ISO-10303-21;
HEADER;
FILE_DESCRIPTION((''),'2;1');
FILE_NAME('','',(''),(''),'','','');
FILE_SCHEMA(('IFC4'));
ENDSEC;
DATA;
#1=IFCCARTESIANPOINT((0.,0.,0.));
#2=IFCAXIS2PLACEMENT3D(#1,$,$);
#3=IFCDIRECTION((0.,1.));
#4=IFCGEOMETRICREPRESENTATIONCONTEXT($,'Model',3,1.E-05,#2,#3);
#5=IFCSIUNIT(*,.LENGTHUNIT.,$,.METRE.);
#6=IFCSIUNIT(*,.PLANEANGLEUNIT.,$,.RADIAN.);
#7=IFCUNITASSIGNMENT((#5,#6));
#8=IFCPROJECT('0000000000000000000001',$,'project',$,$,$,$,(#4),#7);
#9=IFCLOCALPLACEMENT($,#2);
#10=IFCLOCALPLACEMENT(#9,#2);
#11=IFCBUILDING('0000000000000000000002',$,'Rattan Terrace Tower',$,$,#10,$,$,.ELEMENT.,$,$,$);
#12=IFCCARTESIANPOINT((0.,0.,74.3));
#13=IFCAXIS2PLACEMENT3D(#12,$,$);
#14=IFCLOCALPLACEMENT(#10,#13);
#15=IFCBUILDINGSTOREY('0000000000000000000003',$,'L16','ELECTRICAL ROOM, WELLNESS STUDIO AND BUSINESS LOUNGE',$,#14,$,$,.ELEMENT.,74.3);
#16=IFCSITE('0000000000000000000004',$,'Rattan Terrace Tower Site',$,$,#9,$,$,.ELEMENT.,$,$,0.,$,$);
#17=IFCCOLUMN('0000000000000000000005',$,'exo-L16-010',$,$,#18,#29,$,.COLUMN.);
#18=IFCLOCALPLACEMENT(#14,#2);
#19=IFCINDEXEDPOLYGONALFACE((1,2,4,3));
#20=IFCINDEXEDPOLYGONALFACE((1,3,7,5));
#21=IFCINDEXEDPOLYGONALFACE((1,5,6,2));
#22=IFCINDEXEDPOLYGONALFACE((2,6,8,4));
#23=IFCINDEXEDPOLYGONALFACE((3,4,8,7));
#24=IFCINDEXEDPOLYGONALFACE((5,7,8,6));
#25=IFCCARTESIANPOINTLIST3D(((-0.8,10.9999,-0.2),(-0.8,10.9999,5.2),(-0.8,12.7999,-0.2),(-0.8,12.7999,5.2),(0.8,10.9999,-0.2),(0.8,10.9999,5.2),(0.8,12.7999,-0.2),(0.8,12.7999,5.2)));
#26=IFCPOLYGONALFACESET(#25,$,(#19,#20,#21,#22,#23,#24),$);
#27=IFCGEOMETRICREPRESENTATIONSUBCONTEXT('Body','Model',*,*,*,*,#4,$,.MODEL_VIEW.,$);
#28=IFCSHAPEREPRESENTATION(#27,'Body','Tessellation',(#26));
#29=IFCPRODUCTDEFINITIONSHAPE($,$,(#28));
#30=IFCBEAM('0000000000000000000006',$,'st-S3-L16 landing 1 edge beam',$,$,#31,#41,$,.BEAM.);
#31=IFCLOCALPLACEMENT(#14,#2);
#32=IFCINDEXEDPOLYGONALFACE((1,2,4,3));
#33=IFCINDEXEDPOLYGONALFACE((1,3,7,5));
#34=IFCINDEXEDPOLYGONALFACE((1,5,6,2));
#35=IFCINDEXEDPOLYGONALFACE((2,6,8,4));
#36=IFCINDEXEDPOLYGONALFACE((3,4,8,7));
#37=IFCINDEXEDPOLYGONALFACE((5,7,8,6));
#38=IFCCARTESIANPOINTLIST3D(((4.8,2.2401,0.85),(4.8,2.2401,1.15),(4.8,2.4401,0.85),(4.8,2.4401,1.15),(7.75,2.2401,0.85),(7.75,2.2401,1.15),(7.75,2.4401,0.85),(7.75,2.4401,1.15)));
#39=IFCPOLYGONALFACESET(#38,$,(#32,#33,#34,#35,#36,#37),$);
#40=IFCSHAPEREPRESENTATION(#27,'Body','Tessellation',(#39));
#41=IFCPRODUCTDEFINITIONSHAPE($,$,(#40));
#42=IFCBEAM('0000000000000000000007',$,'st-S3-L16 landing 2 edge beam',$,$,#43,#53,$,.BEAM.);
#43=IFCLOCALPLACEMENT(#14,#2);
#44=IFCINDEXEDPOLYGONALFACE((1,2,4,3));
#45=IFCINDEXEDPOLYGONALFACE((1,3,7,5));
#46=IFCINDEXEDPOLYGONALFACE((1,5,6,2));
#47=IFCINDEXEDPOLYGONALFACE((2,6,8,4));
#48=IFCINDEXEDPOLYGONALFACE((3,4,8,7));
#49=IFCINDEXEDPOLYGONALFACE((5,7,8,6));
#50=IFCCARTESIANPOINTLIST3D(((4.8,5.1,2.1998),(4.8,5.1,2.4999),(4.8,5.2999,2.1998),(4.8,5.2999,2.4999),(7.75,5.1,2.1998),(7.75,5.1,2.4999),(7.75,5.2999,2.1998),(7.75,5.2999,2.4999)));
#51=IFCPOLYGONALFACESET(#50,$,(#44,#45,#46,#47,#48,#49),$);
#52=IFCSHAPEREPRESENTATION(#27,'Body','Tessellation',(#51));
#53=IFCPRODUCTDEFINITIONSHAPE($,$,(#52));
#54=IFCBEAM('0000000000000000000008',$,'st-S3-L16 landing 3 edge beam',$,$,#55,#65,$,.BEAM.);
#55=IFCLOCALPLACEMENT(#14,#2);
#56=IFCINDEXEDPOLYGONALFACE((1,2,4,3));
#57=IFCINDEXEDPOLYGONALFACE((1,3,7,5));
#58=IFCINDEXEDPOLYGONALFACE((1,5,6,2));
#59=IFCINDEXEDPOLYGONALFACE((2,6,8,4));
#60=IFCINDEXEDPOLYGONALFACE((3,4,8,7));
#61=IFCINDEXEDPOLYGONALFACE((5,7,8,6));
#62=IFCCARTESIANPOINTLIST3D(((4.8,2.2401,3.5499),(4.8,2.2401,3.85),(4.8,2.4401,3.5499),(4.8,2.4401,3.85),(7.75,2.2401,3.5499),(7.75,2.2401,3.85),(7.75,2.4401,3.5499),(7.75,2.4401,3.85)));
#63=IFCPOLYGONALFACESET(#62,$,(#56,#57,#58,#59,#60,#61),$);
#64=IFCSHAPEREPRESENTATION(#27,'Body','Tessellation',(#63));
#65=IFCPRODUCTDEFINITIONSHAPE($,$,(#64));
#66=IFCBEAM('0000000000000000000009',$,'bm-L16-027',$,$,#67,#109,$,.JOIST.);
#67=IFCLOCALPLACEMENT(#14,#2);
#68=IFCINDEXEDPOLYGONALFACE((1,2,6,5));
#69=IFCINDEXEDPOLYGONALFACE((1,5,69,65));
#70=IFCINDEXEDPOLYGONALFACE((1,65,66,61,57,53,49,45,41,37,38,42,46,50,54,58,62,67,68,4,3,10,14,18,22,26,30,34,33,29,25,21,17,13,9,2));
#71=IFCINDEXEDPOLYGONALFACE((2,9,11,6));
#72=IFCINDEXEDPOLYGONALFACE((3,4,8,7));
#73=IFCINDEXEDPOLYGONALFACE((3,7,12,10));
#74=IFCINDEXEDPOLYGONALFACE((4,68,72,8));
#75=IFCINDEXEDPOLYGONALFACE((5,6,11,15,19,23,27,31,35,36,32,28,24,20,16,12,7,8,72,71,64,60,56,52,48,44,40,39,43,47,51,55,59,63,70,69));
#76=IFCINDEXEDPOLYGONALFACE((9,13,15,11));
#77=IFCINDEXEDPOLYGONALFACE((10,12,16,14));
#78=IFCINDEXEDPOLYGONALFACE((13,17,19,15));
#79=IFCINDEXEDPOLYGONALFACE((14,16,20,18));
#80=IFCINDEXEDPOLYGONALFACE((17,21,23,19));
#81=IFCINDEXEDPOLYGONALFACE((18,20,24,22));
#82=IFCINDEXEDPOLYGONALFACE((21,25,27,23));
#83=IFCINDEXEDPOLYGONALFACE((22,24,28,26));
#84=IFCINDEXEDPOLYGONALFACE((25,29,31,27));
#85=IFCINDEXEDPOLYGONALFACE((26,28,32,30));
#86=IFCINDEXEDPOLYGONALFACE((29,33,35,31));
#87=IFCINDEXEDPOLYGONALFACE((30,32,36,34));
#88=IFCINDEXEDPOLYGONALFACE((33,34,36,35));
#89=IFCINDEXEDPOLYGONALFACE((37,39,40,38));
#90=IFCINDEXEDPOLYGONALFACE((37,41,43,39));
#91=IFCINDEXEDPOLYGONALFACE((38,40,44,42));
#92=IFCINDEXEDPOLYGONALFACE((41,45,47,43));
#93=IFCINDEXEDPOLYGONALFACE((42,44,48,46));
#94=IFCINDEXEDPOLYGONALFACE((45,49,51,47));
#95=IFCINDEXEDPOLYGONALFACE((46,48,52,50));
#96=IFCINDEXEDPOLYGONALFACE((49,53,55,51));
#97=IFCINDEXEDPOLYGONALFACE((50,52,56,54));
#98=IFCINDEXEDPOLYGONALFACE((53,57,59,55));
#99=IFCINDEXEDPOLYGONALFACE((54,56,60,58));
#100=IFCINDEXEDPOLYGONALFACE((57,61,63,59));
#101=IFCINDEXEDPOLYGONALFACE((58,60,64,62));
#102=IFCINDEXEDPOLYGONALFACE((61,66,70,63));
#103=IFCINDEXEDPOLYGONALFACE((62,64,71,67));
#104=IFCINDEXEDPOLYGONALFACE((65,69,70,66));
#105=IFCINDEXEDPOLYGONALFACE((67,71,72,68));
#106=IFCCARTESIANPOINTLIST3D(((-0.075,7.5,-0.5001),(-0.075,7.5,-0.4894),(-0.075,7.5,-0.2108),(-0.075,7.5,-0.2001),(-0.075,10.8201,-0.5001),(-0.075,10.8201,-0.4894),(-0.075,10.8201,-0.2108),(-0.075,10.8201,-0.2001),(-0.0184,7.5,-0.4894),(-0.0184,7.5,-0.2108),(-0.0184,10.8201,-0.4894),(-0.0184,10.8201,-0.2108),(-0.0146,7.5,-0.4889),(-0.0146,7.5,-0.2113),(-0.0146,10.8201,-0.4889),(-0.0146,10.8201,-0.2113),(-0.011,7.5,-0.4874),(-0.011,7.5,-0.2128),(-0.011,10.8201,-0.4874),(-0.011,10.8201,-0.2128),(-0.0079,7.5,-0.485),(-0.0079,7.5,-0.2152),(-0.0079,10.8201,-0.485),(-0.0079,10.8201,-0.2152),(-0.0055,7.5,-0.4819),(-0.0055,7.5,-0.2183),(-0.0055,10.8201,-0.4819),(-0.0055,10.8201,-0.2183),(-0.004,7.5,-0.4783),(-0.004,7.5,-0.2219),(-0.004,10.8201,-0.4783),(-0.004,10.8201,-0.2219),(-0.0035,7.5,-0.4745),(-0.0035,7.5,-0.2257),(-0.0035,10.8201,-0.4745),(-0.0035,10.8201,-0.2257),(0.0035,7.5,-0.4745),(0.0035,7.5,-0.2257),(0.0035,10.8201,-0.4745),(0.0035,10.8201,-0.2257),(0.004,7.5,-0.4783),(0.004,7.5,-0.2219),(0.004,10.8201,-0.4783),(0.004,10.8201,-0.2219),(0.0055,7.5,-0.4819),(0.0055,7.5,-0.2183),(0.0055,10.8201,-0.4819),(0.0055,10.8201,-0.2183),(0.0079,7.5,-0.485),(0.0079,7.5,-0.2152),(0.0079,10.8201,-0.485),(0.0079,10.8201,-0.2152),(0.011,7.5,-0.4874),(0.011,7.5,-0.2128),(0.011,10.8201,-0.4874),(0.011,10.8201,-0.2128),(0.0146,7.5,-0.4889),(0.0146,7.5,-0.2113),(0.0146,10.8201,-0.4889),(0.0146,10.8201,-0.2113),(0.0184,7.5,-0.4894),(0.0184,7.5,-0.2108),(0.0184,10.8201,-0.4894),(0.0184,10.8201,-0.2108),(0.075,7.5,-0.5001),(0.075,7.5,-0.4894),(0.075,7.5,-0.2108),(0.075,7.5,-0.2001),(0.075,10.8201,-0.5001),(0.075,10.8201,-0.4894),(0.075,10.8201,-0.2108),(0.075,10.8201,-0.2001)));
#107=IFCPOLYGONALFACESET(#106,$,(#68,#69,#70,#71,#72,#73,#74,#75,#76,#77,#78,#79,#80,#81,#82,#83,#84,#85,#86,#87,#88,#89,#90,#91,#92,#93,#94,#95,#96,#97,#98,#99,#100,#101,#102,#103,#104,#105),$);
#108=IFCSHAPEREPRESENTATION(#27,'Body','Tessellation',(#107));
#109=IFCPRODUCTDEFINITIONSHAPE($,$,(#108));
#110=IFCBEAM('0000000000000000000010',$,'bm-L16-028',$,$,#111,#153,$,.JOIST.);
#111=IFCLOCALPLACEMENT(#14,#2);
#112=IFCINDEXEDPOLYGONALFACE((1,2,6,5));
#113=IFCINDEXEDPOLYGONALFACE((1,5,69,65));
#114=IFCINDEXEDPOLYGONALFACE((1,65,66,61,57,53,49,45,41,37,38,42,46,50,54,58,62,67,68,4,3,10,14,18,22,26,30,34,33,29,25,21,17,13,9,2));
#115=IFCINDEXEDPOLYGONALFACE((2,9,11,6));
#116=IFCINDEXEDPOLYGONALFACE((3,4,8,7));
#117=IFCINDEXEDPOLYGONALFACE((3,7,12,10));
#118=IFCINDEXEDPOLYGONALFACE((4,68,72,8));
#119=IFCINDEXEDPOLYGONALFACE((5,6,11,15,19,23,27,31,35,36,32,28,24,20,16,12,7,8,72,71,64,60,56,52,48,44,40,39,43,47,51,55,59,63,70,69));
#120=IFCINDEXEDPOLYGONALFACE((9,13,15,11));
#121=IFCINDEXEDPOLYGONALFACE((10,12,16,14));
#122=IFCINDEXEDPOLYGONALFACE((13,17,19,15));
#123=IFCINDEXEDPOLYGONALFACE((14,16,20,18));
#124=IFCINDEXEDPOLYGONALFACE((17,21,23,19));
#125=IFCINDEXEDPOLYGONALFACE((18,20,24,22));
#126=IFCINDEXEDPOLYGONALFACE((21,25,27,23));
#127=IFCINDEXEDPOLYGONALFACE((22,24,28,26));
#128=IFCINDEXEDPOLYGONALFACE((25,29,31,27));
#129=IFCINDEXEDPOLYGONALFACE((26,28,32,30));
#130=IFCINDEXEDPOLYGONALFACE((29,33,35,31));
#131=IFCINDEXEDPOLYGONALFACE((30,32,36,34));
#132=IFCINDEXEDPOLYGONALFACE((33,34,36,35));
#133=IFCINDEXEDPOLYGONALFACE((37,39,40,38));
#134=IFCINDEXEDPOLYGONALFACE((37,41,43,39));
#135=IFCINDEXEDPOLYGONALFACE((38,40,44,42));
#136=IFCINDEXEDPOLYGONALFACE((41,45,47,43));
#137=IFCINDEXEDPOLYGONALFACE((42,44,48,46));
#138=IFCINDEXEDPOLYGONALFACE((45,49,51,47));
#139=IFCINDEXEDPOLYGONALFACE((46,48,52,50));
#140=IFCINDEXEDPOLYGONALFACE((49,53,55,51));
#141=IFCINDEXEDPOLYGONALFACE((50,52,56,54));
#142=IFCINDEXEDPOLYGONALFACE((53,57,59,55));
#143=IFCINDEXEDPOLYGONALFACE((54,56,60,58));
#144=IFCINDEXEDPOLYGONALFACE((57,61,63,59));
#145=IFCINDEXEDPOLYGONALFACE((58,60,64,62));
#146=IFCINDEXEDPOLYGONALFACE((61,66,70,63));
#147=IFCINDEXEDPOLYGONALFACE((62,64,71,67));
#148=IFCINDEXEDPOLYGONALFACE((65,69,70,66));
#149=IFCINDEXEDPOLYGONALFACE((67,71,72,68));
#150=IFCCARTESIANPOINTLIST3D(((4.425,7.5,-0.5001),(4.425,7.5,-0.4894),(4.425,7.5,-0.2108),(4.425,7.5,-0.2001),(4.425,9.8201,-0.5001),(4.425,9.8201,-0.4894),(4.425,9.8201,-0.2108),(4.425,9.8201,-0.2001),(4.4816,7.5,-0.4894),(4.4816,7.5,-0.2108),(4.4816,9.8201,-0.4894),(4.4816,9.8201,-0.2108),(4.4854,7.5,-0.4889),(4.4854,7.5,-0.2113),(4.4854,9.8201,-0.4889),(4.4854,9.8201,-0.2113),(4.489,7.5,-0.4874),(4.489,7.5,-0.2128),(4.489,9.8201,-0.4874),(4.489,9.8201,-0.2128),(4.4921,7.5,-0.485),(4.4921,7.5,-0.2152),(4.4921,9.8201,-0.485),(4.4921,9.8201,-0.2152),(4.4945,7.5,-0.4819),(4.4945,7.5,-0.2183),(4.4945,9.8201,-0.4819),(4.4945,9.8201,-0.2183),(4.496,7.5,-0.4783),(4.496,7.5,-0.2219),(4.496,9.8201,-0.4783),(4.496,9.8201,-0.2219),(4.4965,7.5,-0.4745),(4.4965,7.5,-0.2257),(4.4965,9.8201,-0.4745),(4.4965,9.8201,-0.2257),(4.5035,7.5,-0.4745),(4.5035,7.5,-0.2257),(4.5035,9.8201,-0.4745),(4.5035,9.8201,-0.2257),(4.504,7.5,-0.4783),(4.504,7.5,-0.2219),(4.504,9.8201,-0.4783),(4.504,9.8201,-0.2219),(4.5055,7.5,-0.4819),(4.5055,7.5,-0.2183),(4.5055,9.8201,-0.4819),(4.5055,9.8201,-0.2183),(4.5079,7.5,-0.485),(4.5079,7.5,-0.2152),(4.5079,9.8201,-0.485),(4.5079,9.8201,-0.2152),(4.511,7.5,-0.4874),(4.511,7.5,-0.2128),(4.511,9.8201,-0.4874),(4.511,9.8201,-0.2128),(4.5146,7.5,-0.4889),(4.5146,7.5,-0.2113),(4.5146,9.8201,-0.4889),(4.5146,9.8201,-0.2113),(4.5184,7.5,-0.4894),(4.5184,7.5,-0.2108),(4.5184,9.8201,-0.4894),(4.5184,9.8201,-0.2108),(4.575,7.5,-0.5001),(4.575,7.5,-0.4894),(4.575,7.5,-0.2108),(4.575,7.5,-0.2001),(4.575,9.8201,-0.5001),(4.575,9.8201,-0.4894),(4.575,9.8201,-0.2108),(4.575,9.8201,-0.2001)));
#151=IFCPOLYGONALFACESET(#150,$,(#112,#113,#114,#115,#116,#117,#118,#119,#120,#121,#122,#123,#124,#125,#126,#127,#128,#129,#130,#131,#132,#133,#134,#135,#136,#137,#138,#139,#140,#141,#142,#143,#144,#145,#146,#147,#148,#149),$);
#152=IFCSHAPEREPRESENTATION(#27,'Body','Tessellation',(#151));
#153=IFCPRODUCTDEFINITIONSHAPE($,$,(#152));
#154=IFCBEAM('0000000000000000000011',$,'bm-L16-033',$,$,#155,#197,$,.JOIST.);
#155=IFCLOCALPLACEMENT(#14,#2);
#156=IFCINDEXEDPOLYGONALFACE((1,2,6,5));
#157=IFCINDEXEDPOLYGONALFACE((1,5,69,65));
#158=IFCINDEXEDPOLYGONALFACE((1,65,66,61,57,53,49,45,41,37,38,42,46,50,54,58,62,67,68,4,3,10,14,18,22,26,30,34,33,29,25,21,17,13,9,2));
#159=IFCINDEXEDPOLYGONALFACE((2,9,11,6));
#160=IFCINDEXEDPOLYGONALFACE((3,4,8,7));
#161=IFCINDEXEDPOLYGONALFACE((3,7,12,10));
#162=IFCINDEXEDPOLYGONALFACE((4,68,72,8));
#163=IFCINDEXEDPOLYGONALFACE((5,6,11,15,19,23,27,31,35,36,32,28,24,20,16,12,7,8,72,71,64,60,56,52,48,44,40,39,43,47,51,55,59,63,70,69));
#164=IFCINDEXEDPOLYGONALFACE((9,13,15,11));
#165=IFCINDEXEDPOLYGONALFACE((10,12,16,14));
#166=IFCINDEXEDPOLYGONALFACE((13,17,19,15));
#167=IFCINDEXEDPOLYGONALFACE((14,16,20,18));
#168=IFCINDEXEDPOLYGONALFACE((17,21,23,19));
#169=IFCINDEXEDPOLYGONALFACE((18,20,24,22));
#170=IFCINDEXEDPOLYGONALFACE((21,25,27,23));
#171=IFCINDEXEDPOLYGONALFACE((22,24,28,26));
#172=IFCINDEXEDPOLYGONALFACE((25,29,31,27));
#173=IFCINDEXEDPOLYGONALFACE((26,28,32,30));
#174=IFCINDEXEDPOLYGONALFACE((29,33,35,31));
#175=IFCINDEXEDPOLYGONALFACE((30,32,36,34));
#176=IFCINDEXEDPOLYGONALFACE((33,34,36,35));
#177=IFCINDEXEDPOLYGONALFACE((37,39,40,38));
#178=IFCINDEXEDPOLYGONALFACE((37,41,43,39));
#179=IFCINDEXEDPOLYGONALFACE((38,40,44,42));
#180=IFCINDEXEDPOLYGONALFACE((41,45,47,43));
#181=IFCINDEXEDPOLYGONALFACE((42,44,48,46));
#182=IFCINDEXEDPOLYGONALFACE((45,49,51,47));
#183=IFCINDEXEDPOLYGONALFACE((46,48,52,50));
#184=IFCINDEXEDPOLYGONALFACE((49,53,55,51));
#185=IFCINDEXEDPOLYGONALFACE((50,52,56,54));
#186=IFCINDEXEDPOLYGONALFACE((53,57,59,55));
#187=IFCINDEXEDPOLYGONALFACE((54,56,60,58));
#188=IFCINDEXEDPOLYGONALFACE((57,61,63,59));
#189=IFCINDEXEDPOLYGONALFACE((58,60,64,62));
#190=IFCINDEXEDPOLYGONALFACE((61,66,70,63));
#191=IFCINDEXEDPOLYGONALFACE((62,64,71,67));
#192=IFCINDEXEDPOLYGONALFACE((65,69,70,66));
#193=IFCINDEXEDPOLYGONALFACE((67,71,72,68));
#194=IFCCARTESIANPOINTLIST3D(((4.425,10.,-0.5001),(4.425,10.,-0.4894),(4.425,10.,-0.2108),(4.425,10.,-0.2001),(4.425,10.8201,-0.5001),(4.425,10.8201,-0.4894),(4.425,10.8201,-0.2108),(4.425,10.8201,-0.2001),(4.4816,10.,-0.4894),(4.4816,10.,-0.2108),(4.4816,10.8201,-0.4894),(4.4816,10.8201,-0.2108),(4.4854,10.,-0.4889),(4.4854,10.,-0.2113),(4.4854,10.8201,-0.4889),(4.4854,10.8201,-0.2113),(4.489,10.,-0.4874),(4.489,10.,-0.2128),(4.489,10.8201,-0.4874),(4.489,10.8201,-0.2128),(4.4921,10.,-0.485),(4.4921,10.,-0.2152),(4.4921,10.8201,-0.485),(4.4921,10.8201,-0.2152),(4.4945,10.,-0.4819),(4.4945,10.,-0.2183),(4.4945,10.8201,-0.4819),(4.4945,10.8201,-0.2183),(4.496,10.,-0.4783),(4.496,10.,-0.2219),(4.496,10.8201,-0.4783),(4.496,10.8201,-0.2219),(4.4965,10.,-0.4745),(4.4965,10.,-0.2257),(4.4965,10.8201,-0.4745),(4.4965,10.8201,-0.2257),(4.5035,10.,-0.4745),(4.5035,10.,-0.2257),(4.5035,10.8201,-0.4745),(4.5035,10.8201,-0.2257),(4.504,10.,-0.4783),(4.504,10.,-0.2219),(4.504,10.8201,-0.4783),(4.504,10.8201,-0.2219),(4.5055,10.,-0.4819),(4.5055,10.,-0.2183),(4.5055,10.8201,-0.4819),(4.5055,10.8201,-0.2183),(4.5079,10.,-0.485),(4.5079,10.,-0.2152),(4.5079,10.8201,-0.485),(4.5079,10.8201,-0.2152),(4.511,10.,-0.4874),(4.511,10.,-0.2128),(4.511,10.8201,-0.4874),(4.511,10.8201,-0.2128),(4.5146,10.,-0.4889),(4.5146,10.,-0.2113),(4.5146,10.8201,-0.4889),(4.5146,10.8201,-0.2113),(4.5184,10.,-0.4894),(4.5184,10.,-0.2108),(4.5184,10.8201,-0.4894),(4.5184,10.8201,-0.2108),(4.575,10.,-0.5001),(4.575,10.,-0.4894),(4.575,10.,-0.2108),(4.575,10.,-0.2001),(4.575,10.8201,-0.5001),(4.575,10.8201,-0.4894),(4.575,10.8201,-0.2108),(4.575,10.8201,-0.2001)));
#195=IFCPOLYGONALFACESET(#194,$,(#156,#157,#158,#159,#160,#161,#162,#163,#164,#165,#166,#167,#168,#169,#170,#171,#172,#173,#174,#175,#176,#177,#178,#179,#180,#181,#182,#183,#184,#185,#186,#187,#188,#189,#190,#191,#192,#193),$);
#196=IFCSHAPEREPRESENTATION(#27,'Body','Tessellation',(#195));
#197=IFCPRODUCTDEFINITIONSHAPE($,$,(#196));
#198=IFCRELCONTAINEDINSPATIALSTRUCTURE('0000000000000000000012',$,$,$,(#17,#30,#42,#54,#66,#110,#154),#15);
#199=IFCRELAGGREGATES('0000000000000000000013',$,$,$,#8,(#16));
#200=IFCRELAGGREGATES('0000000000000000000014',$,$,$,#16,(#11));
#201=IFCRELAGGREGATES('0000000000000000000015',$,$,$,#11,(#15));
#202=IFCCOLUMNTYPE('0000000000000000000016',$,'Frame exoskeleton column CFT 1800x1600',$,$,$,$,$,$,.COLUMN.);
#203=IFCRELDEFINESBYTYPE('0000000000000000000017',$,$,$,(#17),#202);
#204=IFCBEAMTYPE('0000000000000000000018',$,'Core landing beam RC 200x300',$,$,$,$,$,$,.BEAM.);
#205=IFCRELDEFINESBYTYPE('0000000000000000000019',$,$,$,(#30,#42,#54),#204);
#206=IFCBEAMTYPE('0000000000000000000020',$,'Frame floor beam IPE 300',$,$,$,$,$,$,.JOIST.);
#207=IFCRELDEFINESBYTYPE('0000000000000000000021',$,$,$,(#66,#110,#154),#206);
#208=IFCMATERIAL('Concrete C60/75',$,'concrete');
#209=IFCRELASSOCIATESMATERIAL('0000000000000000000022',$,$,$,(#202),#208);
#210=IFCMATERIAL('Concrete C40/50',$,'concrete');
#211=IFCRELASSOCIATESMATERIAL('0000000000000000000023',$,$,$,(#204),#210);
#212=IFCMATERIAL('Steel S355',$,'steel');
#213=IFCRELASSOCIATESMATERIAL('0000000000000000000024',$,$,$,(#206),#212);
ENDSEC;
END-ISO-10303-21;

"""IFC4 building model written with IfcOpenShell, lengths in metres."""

from ifc_helpers import new_model, si_unit, direction, frame, origin, origin_2d, place, context, subcontext, project, spatial, rectangle, i_section, extrude, material, material_profile, profile_set, type_object, element, save


model = new_model("IFC4")

# Units and contexts
model_context = context("Model", 3, precision=1e-05, world=origin(), true_north=direction((0.0, 1.0)))
body_context = subcontext(model_context, "Body", "Model", "MODEL_VIEW")
ifc_project = project(units=[si_unit("LENGTHUNIT", "METRE"), si_unit("PLANEANGLEUNIT", "RADIAN")], contexts=[model_context])

# Site, building, storey
site_placement = place(None, origin())
site = spatial("IfcSite", under=ifc_project, at=site_placement, Name="Rattan Terrace Tower Site", CompositionType="ELEMENT", RefElevation=0.0)
building_placement = place(site_placement, origin())
building = spatial("IfcBuilding", under=site, at=building_placement, Name="Rattan Terrace Tower", CompositionType="ELEMENT")
storey_placement = place(building_placement, frame((0.0, 0.0, 74.3)))
storey = spatial("IfcBuildingStorey", under=building, at=storey_placement, Name="L16", Description="ELECTRICAL ROOM, WELLNESS STUDIO AND BUSINESS LOUNGE", CompositionType="ELEMENT", Elevation=74.3)

# Column
ifc_material_1 = material(Name="Concrete C60/75", Category="concrete")
ifc_material_profile_1 = material_profile(ifc_material_1, rectangle(XDim=1.6001, YDim=1.8, at=origin_2d()), Name="CFT 1800x1600")
ifc_profile_set_1 = profile_set([ifc_material_profile_1], Name="Concrete C60/75")
column_type = type_object("IfcColumnType", Name="Frame exoskeleton column CFT 1800x1600", PredefinedType="COLUMN", material=ifc_profile_set_1)
column_placement = place(storey_placement, frame((0.0, 11.8999, -0.2), z_axis=(0.0, 0.0, 1.0), x_axis=(1.0, 0.0, 0.0)))
element("IfcColumn", 1, at=column_placement, inside=storey, type_object=column_type, Name="exo-L16-010", PredefinedType="COLUMN", context=body_context, shape_type="SweptSolid", body=[
    extrude(rectangle(XDim=1.6001, YDim=1.8, at=origin_2d()), origin(), (0.0, 0.0, 1.0), 5.3999),
])

# Beams
ifc_material_2 = material(Name="Concrete C40/50", Category="concrete")
ifc_material_profile_2 = material_profile(ifc_material_2, rectangle(XDim=0.2, YDim=0.3, at=origin_2d()), Name="RC 200x300")
ifc_profile_set_2 = profile_set([ifc_material_profile_2], Name="Concrete C40/50")
beam_type_1 = type_object("IfcBeamType", Name="Core landing beam RC 200x300", PredefinedType="BEAM", material=ifc_profile_set_2)
for number, where, z_axis, x_axis, name in (
    (2, (4.8, 2.3401, 1.0), (1.0, 0.0, 0.0), (0.0, 1.0, 0.0), "st-S3-L16 landing 1 edge beam"),
    (3, (4.8, 5.2, 2.3499), (1.0, 0.0, 0.0), (0.0, 1.0, 0.0), "st-S3-L16 landing 2 edge beam"),
    (4, (4.8, 2.3401, 3.7), (1.0, 0.0, 0.0), (0.0, 1.0, 0.0), "st-S3-L16 landing 3 edge beam"),
):
    element("IfcBeam", number, at=place(storey_placement, frame(where, z_axis=z_axis, x_axis=x_axis)), inside=storey, type_object=beam_type_1, Name=name, PredefinedType="BEAM", context=body_context, shape_type="SweptSolid", body=[
        extrude(rectangle(XDim=0.2, YDim=0.3, at=origin_2d()), origin(), (0.0, 0.0, 1.0), 2.95),
    ])
ifc_material_3 = material(Name="Steel S355", Category="steel")
ifc_material_profile_3 = material_profile(ifc_material_3, i_section(OverallWidth=0.1499, OverallDepth=0.3, WebThickness=0.0071, FlangeThickness=0.0107, FilletRadius=0.0149, at=origin_2d()), Name="IPE 300")
ifc_profile_set_3 = profile_set([ifc_material_profile_3], Name="Steel S355")
beam_type_2 = type_object("IfcBeamType", Name="Frame floor beam IPE 300", PredefinedType="JOIST", material=ifc_profile_set_3)
beam_1_placement = place(storey_placement, frame((0.0, 7.5, -0.3501), z_axis=(0.0, 1.0, 0.0), x_axis=(-1.0, 0.0, 0.0)))
element("IfcBeam", 5, at=beam_1_placement, inside=storey, type_object=beam_type_2, Name="bm-L16-027", PredefinedType="JOIST", context=body_context, shape_type="SweptSolid", body=[
    extrude(i_section(OverallWidth=0.1499, OverallDepth=0.3, WebThickness=0.0071, FlangeThickness=0.0107, FilletRadius=0.0149, at=origin_2d()), origin(), (0.0, 0.0, 1.0), 3.3201),
])
beam_2_placement = place(storey_placement, frame((4.5, 7.5, -0.3501), z_axis=(0.0, 1.0, 0.0), x_axis=(-1.0, 0.0, 0.0)))
element("IfcBeam", 6, at=beam_2_placement, inside=storey, type_object=beam_type_2, Name="bm-L16-028", PredefinedType="JOIST", context=body_context, shape_type="SweptSolid", body=[
    extrude(i_section(OverallWidth=0.1499, OverallDepth=0.3, WebThickness=0.0071, FlangeThickness=0.0107, FilletRadius=0.0149, at=origin_2d()), origin(), (0.0, 0.0, 1.0), 2.3201),
])
beam_3_placement = place(storey_placement, frame((4.5, 10.0, -0.3501), z_axis=(0.0, 1.0, 0.0), x_axis=(-1.0, 0.0, 0.0)))
element("IfcBeam", 7, at=beam_3_placement, inside=storey, type_object=beam_type_2, Name="bm-L16-033", PredefinedType="JOIST", context=body_context, shape_type="SweptSolid", body=[
    extrude(i_section(OverallWidth=0.1499, OverallDepth=0.3, WebThickness=0.0071, FlangeThickness=0.0107, FilletRadius=0.0149, at=origin_2d()), origin(), (0.0, 0.0, 1.0), 0.8201),
])

save(model, "model.ifc")
